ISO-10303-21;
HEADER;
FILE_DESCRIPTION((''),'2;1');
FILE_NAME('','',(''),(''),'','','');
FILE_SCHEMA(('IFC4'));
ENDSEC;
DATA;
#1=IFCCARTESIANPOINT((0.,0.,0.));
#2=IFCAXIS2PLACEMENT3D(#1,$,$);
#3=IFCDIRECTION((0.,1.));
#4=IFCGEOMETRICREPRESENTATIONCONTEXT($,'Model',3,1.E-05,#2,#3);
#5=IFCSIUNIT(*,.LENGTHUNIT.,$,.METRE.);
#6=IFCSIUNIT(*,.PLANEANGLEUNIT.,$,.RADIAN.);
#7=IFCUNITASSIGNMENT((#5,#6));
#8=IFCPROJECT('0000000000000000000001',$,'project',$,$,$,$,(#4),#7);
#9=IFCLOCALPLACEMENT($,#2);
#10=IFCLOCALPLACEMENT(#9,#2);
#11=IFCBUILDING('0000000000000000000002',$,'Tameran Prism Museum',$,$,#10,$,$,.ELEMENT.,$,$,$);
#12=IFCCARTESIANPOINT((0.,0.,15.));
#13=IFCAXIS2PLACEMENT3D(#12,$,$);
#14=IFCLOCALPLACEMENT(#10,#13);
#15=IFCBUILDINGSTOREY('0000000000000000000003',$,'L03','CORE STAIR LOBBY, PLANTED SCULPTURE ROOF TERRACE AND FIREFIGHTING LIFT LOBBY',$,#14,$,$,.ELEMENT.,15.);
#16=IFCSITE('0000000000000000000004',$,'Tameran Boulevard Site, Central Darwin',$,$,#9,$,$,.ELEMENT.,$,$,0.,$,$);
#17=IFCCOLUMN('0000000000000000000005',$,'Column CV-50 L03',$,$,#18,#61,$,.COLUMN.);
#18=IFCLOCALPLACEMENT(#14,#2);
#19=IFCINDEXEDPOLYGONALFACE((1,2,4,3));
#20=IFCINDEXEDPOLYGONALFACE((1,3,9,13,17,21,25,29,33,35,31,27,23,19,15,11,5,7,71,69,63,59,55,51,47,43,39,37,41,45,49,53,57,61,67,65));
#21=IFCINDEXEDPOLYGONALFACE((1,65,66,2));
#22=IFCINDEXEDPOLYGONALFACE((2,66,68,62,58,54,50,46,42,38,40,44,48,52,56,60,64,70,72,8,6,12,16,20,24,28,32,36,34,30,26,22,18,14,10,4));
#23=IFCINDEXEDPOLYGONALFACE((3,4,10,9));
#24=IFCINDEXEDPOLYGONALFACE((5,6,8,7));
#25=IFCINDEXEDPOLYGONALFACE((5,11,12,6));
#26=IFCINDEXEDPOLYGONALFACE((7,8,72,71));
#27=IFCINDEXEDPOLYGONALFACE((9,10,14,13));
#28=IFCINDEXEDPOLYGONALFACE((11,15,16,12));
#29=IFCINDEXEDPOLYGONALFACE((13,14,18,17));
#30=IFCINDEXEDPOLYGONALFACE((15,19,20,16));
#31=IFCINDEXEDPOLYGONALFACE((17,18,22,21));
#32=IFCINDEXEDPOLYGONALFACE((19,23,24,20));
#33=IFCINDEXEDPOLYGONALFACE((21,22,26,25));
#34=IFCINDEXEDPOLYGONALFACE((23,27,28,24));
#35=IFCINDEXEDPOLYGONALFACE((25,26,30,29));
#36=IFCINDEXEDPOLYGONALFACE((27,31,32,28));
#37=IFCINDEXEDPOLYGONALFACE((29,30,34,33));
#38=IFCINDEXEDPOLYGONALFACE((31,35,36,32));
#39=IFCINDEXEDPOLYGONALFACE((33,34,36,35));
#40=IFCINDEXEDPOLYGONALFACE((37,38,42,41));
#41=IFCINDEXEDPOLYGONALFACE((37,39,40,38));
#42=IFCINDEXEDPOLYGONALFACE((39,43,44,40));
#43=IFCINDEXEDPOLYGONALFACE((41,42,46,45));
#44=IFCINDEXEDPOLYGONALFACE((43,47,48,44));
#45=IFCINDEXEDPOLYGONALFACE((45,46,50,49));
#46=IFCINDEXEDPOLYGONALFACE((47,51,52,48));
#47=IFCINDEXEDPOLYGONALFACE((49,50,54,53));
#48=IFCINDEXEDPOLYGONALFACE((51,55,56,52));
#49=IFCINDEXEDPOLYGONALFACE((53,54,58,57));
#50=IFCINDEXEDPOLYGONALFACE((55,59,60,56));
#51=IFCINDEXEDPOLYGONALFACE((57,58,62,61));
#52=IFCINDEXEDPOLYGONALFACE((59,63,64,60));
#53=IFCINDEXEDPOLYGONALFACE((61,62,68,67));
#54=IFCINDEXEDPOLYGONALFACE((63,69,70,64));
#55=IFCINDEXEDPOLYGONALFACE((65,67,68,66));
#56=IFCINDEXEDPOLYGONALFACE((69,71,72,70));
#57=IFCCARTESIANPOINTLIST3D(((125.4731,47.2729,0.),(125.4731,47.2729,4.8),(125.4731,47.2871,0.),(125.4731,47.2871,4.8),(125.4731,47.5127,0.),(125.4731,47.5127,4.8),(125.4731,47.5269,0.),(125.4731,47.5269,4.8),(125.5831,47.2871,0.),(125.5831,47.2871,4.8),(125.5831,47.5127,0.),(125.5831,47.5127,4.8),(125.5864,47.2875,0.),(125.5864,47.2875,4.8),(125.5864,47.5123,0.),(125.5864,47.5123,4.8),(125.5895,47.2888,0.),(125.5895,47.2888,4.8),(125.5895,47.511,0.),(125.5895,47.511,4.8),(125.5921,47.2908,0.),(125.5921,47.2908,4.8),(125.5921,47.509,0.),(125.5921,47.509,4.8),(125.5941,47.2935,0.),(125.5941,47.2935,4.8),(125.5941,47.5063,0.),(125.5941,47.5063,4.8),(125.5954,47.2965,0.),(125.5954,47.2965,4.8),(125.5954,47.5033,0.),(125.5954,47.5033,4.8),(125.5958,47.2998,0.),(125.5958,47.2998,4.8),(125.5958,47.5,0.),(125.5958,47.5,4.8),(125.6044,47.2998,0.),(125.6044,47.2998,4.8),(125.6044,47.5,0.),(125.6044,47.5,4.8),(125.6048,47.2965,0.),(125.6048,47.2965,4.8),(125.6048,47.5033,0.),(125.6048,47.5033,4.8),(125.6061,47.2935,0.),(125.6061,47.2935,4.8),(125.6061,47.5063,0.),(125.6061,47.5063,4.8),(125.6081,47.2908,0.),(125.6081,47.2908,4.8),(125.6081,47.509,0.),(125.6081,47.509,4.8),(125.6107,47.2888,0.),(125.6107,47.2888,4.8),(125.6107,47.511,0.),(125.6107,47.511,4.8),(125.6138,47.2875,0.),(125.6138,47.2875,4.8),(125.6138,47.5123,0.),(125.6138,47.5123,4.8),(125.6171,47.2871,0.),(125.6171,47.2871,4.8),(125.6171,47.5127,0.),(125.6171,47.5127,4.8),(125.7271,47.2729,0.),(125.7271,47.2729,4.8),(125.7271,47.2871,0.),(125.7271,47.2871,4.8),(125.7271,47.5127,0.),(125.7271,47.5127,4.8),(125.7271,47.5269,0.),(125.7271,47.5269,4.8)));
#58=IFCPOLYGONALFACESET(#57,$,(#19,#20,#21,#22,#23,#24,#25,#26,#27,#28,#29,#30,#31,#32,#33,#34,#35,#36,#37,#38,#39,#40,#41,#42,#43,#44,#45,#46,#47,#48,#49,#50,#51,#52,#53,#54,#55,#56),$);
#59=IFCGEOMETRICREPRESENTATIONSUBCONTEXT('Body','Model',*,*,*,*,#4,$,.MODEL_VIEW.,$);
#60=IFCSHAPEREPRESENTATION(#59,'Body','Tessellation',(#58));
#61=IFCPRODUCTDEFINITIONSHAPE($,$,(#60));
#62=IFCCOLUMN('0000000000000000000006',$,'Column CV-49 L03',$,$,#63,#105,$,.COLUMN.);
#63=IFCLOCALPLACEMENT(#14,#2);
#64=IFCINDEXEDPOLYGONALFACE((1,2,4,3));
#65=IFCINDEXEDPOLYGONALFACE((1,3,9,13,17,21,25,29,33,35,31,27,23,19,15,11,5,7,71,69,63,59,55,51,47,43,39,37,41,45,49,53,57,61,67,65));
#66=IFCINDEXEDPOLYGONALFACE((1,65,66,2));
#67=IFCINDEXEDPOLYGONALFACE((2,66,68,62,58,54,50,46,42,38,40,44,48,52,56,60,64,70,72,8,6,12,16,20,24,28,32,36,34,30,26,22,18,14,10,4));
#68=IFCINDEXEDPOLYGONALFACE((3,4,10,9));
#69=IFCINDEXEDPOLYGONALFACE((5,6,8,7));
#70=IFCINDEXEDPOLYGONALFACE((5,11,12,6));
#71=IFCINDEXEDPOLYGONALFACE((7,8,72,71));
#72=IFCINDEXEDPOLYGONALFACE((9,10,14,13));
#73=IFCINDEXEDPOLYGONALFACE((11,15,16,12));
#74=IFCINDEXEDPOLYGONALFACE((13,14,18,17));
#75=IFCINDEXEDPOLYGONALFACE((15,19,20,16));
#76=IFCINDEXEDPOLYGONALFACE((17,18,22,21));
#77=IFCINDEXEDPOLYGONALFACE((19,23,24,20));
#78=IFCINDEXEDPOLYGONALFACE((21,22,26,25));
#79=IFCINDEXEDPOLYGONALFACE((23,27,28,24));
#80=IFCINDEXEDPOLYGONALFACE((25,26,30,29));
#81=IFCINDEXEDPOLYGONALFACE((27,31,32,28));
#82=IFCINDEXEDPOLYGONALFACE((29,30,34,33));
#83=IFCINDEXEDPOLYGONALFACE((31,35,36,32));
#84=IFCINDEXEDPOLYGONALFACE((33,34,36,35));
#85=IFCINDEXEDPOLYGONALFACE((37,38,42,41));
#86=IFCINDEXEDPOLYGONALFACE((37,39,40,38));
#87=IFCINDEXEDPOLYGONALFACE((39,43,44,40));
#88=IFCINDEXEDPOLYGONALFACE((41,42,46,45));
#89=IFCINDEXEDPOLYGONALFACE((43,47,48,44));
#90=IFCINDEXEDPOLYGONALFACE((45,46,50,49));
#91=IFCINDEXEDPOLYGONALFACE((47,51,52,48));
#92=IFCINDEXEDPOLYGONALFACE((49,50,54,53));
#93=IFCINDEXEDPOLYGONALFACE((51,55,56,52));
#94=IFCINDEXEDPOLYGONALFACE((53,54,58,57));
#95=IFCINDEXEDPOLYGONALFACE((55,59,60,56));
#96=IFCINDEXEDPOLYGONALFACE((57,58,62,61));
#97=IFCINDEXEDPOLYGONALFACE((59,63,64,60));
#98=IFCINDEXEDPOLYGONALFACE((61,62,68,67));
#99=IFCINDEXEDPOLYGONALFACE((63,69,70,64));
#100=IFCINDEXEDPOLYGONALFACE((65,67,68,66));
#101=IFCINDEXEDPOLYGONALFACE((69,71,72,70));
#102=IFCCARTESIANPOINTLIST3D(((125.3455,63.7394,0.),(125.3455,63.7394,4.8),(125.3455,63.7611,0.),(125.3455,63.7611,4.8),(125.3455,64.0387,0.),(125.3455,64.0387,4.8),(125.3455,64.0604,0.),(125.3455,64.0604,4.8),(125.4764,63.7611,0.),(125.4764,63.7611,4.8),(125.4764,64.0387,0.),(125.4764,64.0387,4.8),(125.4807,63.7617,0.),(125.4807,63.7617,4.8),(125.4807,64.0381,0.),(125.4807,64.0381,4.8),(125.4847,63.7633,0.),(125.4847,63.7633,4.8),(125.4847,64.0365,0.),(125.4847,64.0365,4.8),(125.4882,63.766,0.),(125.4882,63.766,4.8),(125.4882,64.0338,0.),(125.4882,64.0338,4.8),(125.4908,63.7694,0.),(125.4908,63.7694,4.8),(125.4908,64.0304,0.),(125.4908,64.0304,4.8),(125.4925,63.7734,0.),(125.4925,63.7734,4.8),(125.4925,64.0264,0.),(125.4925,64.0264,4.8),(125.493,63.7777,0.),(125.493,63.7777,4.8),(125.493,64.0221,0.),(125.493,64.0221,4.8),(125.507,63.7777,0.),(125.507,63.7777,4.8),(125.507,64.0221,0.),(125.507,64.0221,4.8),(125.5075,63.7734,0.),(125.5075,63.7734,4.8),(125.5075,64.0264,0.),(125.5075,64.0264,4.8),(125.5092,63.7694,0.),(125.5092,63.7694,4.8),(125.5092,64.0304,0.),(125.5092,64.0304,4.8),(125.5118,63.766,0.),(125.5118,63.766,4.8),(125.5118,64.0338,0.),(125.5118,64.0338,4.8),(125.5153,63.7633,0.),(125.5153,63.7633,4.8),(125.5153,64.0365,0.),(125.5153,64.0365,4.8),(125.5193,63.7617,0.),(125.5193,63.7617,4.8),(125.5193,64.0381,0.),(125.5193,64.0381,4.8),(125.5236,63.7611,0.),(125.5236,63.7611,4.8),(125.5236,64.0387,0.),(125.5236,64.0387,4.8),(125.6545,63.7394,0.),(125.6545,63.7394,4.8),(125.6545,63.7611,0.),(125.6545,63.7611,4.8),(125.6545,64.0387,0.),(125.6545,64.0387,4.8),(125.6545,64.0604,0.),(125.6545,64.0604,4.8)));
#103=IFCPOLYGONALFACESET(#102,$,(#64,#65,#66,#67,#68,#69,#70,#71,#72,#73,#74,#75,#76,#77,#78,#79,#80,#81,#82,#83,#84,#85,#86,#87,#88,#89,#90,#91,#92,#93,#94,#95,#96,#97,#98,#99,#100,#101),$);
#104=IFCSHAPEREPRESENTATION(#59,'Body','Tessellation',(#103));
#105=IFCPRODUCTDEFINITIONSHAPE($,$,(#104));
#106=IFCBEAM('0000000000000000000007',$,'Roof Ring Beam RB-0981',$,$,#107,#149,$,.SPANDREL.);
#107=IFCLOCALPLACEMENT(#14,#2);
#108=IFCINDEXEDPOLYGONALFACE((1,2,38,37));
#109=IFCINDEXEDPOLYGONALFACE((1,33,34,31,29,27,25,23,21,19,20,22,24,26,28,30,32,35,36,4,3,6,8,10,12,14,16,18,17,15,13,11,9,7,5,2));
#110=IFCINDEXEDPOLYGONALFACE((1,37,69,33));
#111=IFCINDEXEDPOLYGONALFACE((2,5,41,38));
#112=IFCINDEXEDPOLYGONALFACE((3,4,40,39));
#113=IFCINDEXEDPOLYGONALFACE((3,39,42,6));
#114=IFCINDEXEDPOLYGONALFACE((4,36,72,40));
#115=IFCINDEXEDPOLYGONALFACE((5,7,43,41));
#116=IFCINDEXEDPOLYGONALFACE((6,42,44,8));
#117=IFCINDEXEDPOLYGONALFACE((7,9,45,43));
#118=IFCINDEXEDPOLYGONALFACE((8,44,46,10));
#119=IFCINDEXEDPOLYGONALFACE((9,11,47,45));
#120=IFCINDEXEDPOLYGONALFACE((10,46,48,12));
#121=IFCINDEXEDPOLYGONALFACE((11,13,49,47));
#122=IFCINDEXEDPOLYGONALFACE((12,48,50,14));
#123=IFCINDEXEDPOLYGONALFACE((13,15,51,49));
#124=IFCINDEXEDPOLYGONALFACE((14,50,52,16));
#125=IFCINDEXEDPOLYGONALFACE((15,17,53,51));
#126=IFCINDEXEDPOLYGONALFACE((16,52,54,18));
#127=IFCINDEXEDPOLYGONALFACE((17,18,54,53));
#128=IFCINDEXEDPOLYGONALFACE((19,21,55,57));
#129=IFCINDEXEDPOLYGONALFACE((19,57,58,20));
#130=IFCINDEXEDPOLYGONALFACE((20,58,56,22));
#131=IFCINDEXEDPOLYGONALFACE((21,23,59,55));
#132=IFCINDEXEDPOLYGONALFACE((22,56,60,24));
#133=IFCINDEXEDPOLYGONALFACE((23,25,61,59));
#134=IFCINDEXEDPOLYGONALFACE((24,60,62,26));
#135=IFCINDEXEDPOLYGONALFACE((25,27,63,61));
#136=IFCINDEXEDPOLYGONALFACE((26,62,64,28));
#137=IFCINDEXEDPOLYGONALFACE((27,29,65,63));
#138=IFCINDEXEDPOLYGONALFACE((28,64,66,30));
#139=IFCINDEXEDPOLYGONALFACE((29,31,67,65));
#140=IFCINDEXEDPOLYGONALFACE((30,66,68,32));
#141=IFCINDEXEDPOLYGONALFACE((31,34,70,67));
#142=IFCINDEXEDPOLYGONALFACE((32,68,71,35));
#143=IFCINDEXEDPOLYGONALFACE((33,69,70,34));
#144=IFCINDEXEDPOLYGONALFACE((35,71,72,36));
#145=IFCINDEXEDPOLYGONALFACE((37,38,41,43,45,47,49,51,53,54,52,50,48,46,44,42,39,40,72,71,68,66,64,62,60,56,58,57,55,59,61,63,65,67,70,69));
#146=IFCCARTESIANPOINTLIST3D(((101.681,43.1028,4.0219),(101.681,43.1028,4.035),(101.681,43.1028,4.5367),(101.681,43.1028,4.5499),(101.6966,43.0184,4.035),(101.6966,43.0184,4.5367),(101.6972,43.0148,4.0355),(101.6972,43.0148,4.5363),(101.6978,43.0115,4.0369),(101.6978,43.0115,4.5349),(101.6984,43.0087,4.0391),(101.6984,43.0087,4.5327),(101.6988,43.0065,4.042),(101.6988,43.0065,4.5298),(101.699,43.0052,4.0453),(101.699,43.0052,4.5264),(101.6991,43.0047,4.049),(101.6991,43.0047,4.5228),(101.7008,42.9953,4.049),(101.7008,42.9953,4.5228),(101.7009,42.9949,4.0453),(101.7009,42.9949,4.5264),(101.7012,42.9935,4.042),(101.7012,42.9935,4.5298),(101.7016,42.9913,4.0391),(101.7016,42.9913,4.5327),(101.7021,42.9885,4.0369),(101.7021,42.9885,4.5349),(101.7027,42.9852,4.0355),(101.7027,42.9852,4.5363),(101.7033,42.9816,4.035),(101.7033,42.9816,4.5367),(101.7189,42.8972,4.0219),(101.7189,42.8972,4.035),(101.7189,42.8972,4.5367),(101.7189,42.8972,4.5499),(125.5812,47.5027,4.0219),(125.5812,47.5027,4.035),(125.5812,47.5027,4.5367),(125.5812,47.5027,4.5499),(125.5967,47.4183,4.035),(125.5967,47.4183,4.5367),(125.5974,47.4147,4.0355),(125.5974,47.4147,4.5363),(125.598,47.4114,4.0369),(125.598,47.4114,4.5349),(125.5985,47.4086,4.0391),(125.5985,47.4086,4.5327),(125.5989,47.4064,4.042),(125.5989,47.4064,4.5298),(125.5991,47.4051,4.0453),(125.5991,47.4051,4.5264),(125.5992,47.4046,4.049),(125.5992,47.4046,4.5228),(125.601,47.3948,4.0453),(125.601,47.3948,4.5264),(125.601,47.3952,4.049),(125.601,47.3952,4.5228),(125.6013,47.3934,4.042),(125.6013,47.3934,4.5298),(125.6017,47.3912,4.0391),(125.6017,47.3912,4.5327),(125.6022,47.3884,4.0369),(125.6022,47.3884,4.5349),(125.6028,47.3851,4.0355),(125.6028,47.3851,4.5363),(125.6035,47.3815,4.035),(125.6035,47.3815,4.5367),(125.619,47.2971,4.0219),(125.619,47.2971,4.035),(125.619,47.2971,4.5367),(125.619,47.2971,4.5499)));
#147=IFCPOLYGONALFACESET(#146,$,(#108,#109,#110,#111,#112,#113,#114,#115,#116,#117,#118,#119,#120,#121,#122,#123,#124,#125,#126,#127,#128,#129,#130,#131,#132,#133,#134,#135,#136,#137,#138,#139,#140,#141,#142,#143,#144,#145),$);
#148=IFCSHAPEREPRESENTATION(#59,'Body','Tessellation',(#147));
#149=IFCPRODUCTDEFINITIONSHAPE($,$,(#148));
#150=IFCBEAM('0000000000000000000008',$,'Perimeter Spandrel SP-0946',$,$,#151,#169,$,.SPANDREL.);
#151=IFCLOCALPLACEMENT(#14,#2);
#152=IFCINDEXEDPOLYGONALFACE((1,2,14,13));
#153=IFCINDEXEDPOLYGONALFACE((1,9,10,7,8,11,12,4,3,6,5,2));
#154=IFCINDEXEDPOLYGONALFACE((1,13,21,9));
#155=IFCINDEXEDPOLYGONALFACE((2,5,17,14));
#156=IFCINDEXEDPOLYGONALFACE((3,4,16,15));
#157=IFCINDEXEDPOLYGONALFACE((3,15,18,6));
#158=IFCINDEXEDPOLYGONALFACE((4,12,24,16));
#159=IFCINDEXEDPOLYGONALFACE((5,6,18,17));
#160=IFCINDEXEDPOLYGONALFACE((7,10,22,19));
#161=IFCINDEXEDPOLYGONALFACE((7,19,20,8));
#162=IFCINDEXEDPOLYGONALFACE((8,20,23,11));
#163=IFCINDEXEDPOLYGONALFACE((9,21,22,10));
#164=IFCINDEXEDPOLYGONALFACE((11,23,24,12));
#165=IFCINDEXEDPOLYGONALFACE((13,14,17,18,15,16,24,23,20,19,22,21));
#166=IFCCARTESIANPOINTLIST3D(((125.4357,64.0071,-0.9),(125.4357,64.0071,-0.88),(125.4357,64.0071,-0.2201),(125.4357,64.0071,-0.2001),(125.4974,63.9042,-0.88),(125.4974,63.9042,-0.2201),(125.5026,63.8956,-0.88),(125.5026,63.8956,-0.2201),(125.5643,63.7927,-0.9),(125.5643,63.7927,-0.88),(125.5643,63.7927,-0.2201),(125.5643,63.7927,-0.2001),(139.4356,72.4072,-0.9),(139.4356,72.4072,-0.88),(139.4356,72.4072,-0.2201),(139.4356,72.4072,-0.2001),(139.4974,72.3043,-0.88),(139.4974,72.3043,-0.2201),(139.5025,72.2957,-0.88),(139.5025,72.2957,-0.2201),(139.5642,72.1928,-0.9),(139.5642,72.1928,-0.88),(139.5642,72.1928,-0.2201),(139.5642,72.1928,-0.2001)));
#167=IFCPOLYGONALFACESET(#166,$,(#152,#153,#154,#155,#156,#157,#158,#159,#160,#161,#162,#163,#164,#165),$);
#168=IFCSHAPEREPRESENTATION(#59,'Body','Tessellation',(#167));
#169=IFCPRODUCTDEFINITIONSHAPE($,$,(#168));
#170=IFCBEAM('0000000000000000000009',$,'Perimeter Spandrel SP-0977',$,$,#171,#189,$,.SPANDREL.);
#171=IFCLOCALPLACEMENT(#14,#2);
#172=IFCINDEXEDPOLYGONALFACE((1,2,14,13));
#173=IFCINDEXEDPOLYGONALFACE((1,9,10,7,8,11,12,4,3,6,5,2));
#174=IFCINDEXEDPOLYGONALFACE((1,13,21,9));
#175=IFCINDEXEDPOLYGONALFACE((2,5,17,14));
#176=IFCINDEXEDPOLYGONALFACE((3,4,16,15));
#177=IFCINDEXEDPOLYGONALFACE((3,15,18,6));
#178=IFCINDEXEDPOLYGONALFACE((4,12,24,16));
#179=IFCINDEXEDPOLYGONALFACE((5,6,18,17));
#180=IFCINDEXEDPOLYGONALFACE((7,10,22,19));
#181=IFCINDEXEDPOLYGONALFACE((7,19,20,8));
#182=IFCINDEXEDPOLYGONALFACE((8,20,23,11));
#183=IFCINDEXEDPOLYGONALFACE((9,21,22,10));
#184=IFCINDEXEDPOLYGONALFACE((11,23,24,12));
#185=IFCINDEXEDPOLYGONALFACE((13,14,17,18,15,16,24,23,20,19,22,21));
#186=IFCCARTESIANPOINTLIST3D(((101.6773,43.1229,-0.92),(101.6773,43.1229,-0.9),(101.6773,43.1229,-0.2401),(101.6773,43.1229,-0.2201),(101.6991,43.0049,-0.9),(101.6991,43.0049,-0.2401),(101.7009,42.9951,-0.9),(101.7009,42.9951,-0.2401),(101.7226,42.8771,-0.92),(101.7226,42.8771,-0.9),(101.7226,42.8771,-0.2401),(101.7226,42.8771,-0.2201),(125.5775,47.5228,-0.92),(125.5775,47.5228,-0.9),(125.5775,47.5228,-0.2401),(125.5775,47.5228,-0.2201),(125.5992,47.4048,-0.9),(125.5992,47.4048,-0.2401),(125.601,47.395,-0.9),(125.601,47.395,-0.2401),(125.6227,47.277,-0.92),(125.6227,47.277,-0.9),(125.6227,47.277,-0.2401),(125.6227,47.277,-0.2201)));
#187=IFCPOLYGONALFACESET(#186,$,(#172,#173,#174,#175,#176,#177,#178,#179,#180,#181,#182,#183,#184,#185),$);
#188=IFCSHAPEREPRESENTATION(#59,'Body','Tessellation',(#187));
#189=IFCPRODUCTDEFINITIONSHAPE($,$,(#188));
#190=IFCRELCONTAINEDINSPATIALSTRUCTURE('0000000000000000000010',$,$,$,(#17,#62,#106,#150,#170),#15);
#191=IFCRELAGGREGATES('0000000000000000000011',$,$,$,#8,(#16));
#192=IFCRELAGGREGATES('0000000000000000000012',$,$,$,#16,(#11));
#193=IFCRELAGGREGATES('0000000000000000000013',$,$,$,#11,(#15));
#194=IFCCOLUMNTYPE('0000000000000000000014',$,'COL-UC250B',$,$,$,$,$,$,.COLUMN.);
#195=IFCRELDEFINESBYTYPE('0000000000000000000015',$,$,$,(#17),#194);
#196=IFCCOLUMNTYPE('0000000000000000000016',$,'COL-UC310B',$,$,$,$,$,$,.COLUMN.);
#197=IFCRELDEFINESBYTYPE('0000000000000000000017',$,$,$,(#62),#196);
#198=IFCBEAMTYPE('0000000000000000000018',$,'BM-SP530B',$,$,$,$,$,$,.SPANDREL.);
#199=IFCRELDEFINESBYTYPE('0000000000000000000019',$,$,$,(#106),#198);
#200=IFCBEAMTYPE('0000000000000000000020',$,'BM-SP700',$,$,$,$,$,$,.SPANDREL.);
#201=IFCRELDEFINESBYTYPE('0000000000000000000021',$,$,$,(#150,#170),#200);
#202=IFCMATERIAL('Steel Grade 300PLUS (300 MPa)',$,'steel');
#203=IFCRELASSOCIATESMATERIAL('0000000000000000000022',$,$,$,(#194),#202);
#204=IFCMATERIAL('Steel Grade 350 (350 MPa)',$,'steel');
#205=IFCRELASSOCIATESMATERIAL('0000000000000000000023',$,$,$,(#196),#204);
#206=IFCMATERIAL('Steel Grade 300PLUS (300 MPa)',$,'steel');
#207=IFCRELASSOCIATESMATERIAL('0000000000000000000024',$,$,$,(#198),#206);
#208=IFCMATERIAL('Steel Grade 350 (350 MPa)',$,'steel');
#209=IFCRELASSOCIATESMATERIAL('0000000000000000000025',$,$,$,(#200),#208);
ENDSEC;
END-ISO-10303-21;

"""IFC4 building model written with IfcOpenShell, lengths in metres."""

from ifc_helpers import new_model, si_unit, direction, frame, origin, origin_2d, place, context, subcontext, project, spatial, i_section, extrude, material, material_profile, profile_set, type_object, element, save


model = new_model("IFC4")

# Units and contexts
model_context = context("Model", 3, precision=1e-05, world=origin(), true_north=direction((0.0, 1.0)))
body_context = subcontext(model_context, "Body", "Model", "MODEL_VIEW")
ifc_project = project(units=[si_unit("LENGTHUNIT", "METRE"), si_unit("PLANEANGLEUNIT", "RADIAN")], contexts=[model_context])

# Site, building, storey
site_placement = place(None, origin())
site = spatial("IfcSite", under=ifc_project, at=site_placement, Name="Tameran Boulevard Site, Central Darwin", CompositionType="ELEMENT", RefElevation=0.0)
building_placement = place(site_placement, origin())
building = spatial("IfcBuilding", under=site, at=building_placement, Name="Tameran Prism Museum", CompositionType="ELEMENT")
storey_placement = place(building_placement, frame((0.0, 0.0, 15.0)))
storey = spatial("IfcBuildingStorey", under=building, at=storey_placement, Name="L03", Description="CORE STAIR LOBBY, PLANTED SCULPTURE ROOF TERRACE AND FIREFIGHTING LIFT LOBBY", CompositionType="ELEMENT", Elevation=15.0)

# Columns
ifc_material_1 = material(Name="Steel Grade 300PLUS (300 MPa)", Category="steel")
ifc_material_profile_1 = material_profile(ifc_material_1, i_section(OverallWidth=0.2539, OverallDepth=0.2539, WebThickness=0.0085, FlangeThickness=0.0142, FilletRadius=0.0127, at=origin_2d()))
ifc_profile_set_1 = profile_set([ifc_material_profile_1])
column_type_1 = type_object("IfcColumnType", Name="COL-UC250B", PredefinedType="COLUMN", material=ifc_profile_set_1)
column_1_placement = place(storey_placement, frame((125.6001, 47.3999, 0.0), z_axis=(0.0, 0.0, 1.0), x_axis=(1.0, 0.0, 0.0)))
element("IfcColumn", 1, at=column_1_placement, inside=storey, type_object=column_type_1, Name="Column CV-50 L03", PredefinedType="COLUMN", context=body_context, shape_type="SweptSolid", body=[
    extrude(i_section(OverallWidth=0.2539, OverallDepth=0.2539, WebThickness=0.0085, FlangeThickness=0.0142, FilletRadius=0.0127, at=origin_2d()), origin(), (0.0, 0.0, 1.0), 4.8),
])
ifc_material_2 = material(Name="Steel Grade 350 (350 MPa)", Category="steel")
ifc_material_profile_2 = material_profile(ifc_material_2, i_section(OverallWidth=0.3091, OverallDepth=0.321, WebThickness=0.0139, FlangeThickness=0.0217, FilletRadius=0.0166, at=origin_2d()))
ifc_profile_set_2 = profile_set([ifc_material_profile_2])
column_type_2 = type_object("IfcColumnType", Name="COL-UC310B", PredefinedType="COLUMN", material=ifc_profile_set_2)
column_2_placement = place(storey_placement, frame((125.5, 63.8999, 0.0), z_axis=(0.0, 0.0, 1.0), x_axis=(1.0, 0.0, 0.0)))
element("IfcColumn", 2, at=column_2_placement, inside=storey, type_object=column_type_2, Name="Column CV-49 L03", PredefinedType="COLUMN", context=body_context, shape_type="SweptSolid", body=[
    extrude(i_section(OverallWidth=0.3091, OverallDepth=0.321, WebThickness=0.0139, FlangeThickness=0.0217, FilletRadius=0.0166, at=origin_2d()), origin(), (0.0, 0.0, 1.0), 4.8),
])

# Beams
ifc_material_3 = material(Name="Steel Grade 300PLUS (300 MPa)", Category="steel")
ifc_material_profile_3 = material_profile(ifc_material_3, i_section(OverallWidth=0.209, OverallDepth=0.5281, WebThickness=0.0095, FlangeThickness=0.0132, FilletRadius=0.0139, at=origin_2d()))
ifc_profile_set_3 = profile_set([ifc_material_profile_3])
beam_type_1 = type_object("IfcBeamType", Name="BM-SP530B", PredefinedType="SPANDREL", material=ifc_profile_set_3)
beam_1_placement = place(storey_placement, frame((125.6001, 47.3999, 4.2859), z_axis=(-0.983473, -0.181053, 0.0), x_axis=(0.181053, -0.983473, 0.0)))
element("IfcBeam", 3, at=beam_1_placement, inside=storey, type_object=beam_type_1, Name="Roof Ring Beam RB-0981", PredefinedType="SPANDREL", context=body_context, shape_type="SweptSolid", body=[
    extrude(i_section(OverallWidth=0.209, OverallDepth=0.5281, WebThickness=0.0095, FlangeThickness=0.0132, FilletRadius=0.0139, at=origin_2d()), origin(), (0.0, 0.0, 1.0), 24.3018),
])
ifc_material_4 = material(Name="Steel Grade 350 (350 MPa)", Category="steel")
ifc_material_profile_4 = material_profile(ifc_material_4, i_section(OverallWidth=0.25, OverallDepth=0.7, WebThickness=0.01, FlangeThickness=0.02, at=origin_2d()))
ifc_profile_set_4 = profile_set([ifc_material_profile_4])
beam_type_2 = type_object("IfcBeamType", Name="BM-SP700", PredefinedType="SPANDREL", material=ifc_profile_set_4)
beam_2_placement = place(storey_placement, frame((125.5, 63.8999, -0.55), z_axis=(0.857489, 0.514502, 0.0), x_axis=(-0.514502, 0.857489, 0.0)))
element("IfcBeam", 4, at=beam_2_placement, inside=storey, type_object=beam_type_2, Name="Perimeter Spandrel SP-0946", PredefinedType="SPANDREL", context=body_context, shape_type="SweptSolid", body=[
    extrude(i_section(OverallWidth=0.25, OverallDepth=0.7, WebThickness=0.01, FlangeThickness=0.02, at=origin_2d()), origin(), (0.0, 0.0, 1.0), 16.3267),
])
beam_3_placement = place(storey_placement, frame((125.6001, 47.3999, -0.5701), z_axis=(-0.983473, -0.181053, 0.0), x_axis=(0.181053, -0.983473, 0.0)))
element("IfcBeam", 5, at=beam_3_placement, inside=storey, type_object=beam_type_2, Name="Perimeter Spandrel SP-0977", PredefinedType="SPANDREL", context=body_context, shape_type="SweptSolid", body=[
    extrude(i_section(OverallWidth=0.25, OverallDepth=0.7, WebThickness=0.01, FlangeThickness=0.02, at=origin_2d()), origin(), (0.0, 0.0, 1.0), 24.3018),
])

save(model, "model.ifc")
